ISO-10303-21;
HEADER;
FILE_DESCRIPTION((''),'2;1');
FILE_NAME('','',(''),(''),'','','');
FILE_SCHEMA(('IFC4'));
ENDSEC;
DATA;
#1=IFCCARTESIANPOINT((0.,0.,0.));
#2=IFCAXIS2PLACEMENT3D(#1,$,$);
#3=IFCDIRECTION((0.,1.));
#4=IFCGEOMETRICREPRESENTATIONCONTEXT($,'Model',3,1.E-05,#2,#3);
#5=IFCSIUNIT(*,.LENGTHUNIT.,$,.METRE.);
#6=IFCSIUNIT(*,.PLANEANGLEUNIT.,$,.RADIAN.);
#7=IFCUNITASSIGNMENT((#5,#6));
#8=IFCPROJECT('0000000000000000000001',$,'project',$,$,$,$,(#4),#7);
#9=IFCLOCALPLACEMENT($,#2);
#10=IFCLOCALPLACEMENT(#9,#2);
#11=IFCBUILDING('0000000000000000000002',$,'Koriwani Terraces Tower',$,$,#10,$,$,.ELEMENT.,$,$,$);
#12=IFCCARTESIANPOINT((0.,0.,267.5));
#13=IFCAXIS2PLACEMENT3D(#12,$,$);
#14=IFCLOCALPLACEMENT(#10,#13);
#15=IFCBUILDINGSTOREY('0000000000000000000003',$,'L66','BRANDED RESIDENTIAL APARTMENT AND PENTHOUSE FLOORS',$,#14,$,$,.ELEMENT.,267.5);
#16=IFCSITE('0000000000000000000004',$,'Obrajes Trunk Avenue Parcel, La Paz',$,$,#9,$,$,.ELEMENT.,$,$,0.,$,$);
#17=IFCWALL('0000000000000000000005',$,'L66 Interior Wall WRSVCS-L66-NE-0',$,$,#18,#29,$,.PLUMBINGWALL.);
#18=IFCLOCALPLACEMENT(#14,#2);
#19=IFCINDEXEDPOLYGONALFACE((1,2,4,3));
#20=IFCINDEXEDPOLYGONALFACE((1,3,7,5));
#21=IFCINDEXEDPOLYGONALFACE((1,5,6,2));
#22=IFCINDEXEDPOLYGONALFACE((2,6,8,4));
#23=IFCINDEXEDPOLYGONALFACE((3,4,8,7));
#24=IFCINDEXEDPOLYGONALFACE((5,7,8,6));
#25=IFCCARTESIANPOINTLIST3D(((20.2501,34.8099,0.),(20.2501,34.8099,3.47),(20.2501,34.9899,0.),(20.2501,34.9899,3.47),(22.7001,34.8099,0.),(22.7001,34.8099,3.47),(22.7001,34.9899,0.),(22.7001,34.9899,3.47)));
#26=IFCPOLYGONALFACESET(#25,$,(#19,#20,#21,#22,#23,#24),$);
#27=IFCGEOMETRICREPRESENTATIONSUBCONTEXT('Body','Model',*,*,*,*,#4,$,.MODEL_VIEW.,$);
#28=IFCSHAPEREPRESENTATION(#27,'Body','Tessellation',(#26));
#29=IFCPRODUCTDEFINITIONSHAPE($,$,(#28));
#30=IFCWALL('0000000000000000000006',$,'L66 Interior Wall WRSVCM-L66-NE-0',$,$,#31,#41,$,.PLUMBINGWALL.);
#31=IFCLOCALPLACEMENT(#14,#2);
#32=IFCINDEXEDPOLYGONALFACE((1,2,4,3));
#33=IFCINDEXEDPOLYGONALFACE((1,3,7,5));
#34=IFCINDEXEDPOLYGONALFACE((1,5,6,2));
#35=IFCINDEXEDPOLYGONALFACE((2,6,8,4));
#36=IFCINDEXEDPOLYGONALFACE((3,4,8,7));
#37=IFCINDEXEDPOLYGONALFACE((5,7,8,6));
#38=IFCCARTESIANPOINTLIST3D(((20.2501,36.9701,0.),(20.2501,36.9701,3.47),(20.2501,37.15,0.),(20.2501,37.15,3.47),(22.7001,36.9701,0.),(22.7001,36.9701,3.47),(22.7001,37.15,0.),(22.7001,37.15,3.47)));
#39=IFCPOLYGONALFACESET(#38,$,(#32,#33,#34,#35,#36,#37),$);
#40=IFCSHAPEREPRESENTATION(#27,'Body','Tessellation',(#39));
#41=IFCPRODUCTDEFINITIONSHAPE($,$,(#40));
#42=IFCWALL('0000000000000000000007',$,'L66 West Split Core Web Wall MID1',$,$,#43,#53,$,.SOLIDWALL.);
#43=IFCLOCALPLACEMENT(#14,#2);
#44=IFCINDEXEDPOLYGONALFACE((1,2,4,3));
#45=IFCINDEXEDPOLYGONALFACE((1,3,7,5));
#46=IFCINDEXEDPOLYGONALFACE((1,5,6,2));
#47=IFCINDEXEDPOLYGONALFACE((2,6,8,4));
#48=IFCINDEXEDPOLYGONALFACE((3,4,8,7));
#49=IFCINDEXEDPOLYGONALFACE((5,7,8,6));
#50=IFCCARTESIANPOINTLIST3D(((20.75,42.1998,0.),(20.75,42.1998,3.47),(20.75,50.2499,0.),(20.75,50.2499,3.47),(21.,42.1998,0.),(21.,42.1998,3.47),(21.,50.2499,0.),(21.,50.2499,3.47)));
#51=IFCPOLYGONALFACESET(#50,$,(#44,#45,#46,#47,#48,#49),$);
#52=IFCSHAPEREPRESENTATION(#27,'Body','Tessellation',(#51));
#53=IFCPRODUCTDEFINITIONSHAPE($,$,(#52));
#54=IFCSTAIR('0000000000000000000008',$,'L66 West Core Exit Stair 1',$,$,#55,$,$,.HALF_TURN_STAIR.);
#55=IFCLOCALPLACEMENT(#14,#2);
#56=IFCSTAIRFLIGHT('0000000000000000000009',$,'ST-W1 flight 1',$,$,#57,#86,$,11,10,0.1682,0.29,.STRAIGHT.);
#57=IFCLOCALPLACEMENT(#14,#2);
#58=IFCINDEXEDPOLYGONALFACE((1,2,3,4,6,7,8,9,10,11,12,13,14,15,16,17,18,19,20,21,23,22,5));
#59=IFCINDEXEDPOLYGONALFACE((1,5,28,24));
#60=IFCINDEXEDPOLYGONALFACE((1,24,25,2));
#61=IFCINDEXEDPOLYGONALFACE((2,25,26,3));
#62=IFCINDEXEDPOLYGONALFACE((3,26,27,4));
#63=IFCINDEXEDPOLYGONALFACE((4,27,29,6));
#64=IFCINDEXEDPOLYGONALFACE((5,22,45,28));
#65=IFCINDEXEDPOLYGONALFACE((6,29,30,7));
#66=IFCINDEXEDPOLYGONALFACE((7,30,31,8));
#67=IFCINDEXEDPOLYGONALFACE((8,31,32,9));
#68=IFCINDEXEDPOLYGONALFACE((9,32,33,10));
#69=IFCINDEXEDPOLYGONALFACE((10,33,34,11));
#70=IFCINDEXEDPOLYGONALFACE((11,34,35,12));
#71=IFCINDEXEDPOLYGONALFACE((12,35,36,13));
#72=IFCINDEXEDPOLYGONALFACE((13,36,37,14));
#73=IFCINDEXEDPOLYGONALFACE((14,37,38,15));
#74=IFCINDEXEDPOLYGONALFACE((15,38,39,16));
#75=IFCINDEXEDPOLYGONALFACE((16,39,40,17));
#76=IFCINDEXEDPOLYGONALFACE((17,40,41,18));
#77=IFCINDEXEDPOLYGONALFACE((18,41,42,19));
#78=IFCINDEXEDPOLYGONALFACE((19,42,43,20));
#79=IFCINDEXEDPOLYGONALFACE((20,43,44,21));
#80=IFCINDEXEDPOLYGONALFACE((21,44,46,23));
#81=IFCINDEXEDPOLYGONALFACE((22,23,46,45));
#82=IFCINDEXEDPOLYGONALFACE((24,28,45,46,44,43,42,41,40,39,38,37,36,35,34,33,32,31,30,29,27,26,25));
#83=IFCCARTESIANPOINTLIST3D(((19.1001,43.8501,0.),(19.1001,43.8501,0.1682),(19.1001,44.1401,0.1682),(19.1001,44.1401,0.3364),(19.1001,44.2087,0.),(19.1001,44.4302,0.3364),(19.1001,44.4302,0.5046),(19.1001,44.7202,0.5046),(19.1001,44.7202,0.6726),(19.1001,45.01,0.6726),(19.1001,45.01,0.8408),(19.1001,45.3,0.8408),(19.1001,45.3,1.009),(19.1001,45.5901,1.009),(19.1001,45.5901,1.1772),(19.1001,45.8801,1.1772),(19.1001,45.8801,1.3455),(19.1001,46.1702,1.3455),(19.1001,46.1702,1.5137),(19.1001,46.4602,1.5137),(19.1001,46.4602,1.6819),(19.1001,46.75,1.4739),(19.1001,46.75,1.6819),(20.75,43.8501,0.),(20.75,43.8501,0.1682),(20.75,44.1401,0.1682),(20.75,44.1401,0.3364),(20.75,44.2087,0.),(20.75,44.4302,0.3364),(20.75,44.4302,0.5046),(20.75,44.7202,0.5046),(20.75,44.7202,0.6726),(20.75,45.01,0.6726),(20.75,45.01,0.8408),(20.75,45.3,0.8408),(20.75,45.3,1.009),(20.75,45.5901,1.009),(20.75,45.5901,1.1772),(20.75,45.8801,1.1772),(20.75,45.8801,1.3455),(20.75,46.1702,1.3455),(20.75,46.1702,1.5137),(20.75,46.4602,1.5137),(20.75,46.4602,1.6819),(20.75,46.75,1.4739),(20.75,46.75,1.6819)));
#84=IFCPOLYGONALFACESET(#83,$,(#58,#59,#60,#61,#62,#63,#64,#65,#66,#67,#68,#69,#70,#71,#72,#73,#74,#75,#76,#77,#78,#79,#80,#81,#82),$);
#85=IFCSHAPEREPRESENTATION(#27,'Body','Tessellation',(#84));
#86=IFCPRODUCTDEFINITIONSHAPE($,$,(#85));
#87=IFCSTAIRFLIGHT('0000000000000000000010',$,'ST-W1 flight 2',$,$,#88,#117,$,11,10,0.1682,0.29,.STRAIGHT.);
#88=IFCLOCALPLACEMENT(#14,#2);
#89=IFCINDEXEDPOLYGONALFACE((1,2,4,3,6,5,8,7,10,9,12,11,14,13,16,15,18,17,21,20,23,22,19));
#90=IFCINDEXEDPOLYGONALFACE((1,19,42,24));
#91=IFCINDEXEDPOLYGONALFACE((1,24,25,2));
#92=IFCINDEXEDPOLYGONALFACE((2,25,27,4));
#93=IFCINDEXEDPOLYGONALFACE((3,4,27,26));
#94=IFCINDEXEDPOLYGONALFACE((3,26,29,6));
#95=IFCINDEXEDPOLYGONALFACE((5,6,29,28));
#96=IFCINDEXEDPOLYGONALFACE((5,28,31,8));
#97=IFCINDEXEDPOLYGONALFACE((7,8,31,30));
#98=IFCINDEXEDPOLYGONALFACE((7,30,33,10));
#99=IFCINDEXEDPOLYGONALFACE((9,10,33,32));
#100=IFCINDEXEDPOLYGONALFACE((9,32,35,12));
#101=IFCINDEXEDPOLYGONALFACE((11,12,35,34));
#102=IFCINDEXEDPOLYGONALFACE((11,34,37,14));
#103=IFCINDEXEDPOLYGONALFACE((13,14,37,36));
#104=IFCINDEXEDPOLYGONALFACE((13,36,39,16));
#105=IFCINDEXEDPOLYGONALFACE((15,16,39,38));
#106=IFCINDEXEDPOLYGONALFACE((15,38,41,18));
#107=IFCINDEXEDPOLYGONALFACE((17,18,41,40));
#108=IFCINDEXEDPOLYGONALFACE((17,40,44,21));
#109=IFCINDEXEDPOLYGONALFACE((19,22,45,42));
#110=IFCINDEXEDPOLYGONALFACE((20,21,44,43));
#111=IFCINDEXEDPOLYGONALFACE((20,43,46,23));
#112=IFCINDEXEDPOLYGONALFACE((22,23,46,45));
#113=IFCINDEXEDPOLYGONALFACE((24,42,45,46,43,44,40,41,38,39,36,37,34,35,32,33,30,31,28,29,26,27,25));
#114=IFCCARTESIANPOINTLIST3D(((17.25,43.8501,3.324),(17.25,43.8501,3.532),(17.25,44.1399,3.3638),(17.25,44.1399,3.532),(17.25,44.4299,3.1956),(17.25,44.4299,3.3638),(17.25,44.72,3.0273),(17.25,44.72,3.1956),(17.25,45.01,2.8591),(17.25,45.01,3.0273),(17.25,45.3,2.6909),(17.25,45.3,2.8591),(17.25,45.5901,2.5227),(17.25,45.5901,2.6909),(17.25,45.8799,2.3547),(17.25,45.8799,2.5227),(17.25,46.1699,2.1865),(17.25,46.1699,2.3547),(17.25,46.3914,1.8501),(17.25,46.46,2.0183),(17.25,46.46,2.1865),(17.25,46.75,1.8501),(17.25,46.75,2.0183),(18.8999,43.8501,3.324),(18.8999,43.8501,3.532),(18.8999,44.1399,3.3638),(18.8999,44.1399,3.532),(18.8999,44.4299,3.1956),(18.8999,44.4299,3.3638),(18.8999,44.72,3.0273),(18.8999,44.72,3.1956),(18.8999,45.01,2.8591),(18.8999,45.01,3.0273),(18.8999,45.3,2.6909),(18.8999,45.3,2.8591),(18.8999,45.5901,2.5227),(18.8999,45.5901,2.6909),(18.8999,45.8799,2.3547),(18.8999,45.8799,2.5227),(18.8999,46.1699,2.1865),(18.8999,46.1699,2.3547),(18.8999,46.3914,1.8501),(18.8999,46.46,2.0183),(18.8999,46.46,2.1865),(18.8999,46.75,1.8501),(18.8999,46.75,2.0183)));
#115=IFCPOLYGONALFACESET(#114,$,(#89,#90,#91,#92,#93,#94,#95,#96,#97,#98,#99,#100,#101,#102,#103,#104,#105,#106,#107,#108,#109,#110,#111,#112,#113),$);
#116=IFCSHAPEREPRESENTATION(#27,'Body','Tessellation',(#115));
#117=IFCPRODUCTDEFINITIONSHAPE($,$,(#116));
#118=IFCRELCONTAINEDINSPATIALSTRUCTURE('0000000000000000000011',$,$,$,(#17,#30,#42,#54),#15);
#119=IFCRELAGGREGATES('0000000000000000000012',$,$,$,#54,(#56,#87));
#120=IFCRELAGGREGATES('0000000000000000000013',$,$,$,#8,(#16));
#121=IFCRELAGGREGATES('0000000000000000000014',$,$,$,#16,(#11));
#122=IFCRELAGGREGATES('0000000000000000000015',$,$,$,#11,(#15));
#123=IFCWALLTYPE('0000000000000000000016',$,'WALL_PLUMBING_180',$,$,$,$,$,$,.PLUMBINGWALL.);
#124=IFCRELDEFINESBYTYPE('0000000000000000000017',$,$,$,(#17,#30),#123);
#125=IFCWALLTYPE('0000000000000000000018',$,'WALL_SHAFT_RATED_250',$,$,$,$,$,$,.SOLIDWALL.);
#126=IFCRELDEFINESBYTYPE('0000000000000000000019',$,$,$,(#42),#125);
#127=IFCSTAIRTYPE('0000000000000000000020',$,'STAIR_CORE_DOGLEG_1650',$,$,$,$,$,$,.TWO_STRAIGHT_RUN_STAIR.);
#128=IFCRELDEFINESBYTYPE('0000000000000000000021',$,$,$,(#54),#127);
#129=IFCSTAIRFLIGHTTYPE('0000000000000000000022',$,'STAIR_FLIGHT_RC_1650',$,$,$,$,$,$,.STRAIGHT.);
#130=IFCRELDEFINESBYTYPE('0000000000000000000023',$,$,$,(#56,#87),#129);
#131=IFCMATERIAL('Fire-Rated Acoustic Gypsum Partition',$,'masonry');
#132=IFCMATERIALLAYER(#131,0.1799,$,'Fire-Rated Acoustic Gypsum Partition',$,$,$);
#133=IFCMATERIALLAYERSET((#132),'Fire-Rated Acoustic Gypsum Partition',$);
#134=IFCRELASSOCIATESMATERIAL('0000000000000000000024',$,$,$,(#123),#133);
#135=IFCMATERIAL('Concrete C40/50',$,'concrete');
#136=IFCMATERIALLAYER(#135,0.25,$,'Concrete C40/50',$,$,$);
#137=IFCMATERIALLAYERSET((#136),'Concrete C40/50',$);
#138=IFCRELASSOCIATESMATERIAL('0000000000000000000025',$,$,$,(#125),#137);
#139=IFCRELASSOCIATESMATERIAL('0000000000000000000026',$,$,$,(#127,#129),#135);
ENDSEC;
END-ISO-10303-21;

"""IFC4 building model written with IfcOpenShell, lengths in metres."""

from ifc_helpers import new_model, si_unit, direction, frame, frame_2d, origin, place, context, subcontext, project, spatial, polyline, rectangle, outline, extrude, material, layer, layer_set, type_object, element, aggregate, save


model = new_model("IFC4")

# Units and contexts
model_context = context("Model", 3, precision=1e-05, world=origin(), true_north=direction((0.0, 1.0)))
body_context = subcontext(model_context, "Body", "Model", "MODEL_VIEW")
ifc_project = project(units=[si_unit("LENGTHUNIT", "METRE"), si_unit("PLANEANGLEUNIT", "RADIAN")], contexts=[model_context])

# Site, building, storey
site_placement = place(None, origin())
site = spatial("IfcSite", under=ifc_project, at=site_placement, Name="Obrajes Trunk Avenue Parcel, La Paz", CompositionType="ELEMENT", RefElevation=0.0)
building_placement = place(site_placement, origin())
building = spatial("IfcBuilding", under=site, at=building_placement, Name="Koriwani Terraces Tower", CompositionType="ELEMENT")
storey_placement = place(building_placement, frame((0.0, 0.0, 267.5)))
storey = spatial("IfcBuildingStorey", under=building, at=storey_placement, Name="L66", Description="BRANDED RESIDENTIAL APARTMENT AND PENTHOUSE FLOORS", CompositionType="ELEMENT", Elevation=267.5)

# Shared definitions
ifc_material_1 = material(Name="Concrete C40/50", Category="concrete")

# Shared definitions
ifc_material_2 = material(Name="Fire-Rated Acoustic Gypsum Partition", Category="masonry")
ifc_layer_1 = layer(ifc_material_2, 0.1799, Name="Fire-Rated Acoustic Gypsum Partition")
ifc_layer_set_1 = layer_set([ifc_layer_1], Name="Fire-Rated Acoustic Gypsum Partition")
wall_type_1 = type_object("IfcWallType", Name="WALL_PLUMBING_180", PredefinedType="PLUMBINGWALL", material=ifc_layer_set_1)

# Walls
for number, where, z_axis, x_axis, name in (
    (1, (20.25, 34.8999, 0.0), (0.0, 0.0, 1.0), (1.0, 0.0, 0.0), "L66 Interior Wall WRSVCS-L66-NE-0"),
    (2, (20.25, 37.0601, 0.0), (0.0, 0.0, 1.0), (1.0, 0.0, 0.0), "L66 Interior Wall WRSVCM-L66-NE-0"),
):
    element("IfcWall", number, at=place(storey_placement, frame(where, z_axis=z_axis, x_axis=x_axis)), inside=storey, type_object=wall_type_1, Name=name, PredefinedType="PLUMBINGWALL", context=body_context, shape_type="SweptSolid", body=[
        extrude(rectangle(XDim=2.45, YDim=0.1799, at=frame_2d((1.2251, 0.0))), origin(), (0.0, 0.0, 1.0), 3.47),
    ])
ifc_layer_2 = layer(ifc_material_1, 0.25, Name="Concrete C40/50")
ifc_layer_set_2 = layer_set([ifc_layer_2], Name="Concrete C40/50")
wall_type_2 = type_object("IfcWallType", Name="WALL_SHAFT_RATED_250", PredefinedType="SOLIDWALL", material=ifc_layer_set_2)
wall_1_placement = place(storey_placement, frame((20.875, 42.2, 0.0), z_axis=(0.0, 0.0, 1.0), x_axis=(0.0, 1.0, 0.0)))
element("IfcWall", 3, at=wall_1_placement, inside=storey, type_object=wall_type_2, Name="L66 West Split Core Web Wall MID1", PredefinedType="SOLIDWALL", context=body_context, shape_type="SweptSolid", body=[
    extrude(rectangle(XDim=8.05, YDim=0.25, at=frame_2d((4.0249, 0.0))), origin(), (0.0, 0.0, 1.0), 3.47),
])

# Stair, stair flights
stair_type = type_object("IfcStairType", Name="STAIR_CORE_DOGLEG_1650", PredefinedType="TWO_STRAIGHT_RUN_STAIR", material=ifc_material_1)
stair_placement = place(storey_placement, origin())
stair = element("IfcStair", 4, at=stair_placement, inside=storey, type_object=stair_type, Name="L66 West Core Exit Stair 1", PredefinedType="HALF_TURN_STAIR")
stair_flight_type = type_object("IfcStairFlightType", Name="STAIR_FLIGHT_RC_1650", PredefinedType="STRAIGHT", material=ifc_material_1)
stair_flight_1_placement = place(storey_placement, frame((19.925, 43.8501, 0.0), z_axis=(0.0, 0.0, 1.0), x_axis=(0.0, 1.0, 0.0)))
stair_flight_1 = element("IfcStairFlight", 5, at=stair_flight_1_placement, type_object=stair_flight_type, Name="ST-W1 flight 1", NumberOfRisers=11, NumberOfTreads=10, PredefinedType="STRAIGHT", RiserHeight=0.1682, TreadLength=0.29, context=body_context, shape_type="SweptSolid", body=[
    extrude(outline(polyline([(0.0, 0.0), (0.0, 0.1682), (0.29, 0.1682), (0.29, 0.3364), (0.5801, 0.3364), (0.5801, 0.5046), (0.8701, 0.5046), (0.8701, 0.6726), (1.1599, 0.6726), (1.1599, 0.8408), (1.45, 0.8408), (1.45, 1.009), (1.74, 1.009), (1.74, 1.1772), (2.03, 1.1772), (2.03, 1.3455), (2.3201, 1.3455), (2.3201, 1.5137), (2.6101, 1.5137), (2.6101, 1.6819), (2.8999, 1.6819), (2.8999, 1.8501), (2.8999, 1.4739), (0.3586, 0.0), (0.0, 0.0)])), frame((0.0, 0.825, 0.0), z_axis=(0.0, -1.0, 0.0), x_axis=(1.0, 0.0, 0.0)), (0.0, 0.0, 1.0), 1.6499),
])
stair_flight_2_placement = place(storey_placement, frame((18.075, 46.75, 1.8501), z_axis=(0.0, 0.0, 1.0), x_axis=(0.0, -1.0, 0.0)))
stair_flight_2 = element("IfcStairFlight", 6, at=stair_flight_2_placement, type_object=stair_flight_type, Name="ST-W1 flight 2", NumberOfRisers=11, NumberOfTreads=10, PredefinedType="STRAIGHT", RiserHeight=0.1682, TreadLength=0.29, context=body_context, shape_type="SweptSolid", body=[
    extrude(outline(polyline([(0.0, 0.0), (0.0, 0.1682), (0.29, 0.1682), (0.29, 0.3364), (0.5801, 0.3364), (0.5801, 0.5046), (0.8701, 0.5046), (0.8701, 0.6726), (1.1599, 0.6726), (1.1599, 0.8408), (1.45, 0.8408), (1.45, 1.009), (1.74, 1.009), (1.74, 1.1772), (2.03, 1.1772), (2.03, 1.3455), (2.3201, 1.3455), (2.3201, 1.5137), (2.6101, 1.5137), (2.6101, 1.6819), (2.8999, 1.6819), (2.8999, 1.8501), (2.8999, 1.4739), (0.3586, 0.0), (0.0, 0.0)])), frame((0.0, 0.825, 0.0), z_axis=(0.0, -1.0, 0.0), x_axis=(1.0, 0.0, 0.0)), (0.0, 0.0, 1.0), 1.6499),
])
aggregate(stair, [stair_flight_1, stair_flight_2])

save(model, "model.ifc")
